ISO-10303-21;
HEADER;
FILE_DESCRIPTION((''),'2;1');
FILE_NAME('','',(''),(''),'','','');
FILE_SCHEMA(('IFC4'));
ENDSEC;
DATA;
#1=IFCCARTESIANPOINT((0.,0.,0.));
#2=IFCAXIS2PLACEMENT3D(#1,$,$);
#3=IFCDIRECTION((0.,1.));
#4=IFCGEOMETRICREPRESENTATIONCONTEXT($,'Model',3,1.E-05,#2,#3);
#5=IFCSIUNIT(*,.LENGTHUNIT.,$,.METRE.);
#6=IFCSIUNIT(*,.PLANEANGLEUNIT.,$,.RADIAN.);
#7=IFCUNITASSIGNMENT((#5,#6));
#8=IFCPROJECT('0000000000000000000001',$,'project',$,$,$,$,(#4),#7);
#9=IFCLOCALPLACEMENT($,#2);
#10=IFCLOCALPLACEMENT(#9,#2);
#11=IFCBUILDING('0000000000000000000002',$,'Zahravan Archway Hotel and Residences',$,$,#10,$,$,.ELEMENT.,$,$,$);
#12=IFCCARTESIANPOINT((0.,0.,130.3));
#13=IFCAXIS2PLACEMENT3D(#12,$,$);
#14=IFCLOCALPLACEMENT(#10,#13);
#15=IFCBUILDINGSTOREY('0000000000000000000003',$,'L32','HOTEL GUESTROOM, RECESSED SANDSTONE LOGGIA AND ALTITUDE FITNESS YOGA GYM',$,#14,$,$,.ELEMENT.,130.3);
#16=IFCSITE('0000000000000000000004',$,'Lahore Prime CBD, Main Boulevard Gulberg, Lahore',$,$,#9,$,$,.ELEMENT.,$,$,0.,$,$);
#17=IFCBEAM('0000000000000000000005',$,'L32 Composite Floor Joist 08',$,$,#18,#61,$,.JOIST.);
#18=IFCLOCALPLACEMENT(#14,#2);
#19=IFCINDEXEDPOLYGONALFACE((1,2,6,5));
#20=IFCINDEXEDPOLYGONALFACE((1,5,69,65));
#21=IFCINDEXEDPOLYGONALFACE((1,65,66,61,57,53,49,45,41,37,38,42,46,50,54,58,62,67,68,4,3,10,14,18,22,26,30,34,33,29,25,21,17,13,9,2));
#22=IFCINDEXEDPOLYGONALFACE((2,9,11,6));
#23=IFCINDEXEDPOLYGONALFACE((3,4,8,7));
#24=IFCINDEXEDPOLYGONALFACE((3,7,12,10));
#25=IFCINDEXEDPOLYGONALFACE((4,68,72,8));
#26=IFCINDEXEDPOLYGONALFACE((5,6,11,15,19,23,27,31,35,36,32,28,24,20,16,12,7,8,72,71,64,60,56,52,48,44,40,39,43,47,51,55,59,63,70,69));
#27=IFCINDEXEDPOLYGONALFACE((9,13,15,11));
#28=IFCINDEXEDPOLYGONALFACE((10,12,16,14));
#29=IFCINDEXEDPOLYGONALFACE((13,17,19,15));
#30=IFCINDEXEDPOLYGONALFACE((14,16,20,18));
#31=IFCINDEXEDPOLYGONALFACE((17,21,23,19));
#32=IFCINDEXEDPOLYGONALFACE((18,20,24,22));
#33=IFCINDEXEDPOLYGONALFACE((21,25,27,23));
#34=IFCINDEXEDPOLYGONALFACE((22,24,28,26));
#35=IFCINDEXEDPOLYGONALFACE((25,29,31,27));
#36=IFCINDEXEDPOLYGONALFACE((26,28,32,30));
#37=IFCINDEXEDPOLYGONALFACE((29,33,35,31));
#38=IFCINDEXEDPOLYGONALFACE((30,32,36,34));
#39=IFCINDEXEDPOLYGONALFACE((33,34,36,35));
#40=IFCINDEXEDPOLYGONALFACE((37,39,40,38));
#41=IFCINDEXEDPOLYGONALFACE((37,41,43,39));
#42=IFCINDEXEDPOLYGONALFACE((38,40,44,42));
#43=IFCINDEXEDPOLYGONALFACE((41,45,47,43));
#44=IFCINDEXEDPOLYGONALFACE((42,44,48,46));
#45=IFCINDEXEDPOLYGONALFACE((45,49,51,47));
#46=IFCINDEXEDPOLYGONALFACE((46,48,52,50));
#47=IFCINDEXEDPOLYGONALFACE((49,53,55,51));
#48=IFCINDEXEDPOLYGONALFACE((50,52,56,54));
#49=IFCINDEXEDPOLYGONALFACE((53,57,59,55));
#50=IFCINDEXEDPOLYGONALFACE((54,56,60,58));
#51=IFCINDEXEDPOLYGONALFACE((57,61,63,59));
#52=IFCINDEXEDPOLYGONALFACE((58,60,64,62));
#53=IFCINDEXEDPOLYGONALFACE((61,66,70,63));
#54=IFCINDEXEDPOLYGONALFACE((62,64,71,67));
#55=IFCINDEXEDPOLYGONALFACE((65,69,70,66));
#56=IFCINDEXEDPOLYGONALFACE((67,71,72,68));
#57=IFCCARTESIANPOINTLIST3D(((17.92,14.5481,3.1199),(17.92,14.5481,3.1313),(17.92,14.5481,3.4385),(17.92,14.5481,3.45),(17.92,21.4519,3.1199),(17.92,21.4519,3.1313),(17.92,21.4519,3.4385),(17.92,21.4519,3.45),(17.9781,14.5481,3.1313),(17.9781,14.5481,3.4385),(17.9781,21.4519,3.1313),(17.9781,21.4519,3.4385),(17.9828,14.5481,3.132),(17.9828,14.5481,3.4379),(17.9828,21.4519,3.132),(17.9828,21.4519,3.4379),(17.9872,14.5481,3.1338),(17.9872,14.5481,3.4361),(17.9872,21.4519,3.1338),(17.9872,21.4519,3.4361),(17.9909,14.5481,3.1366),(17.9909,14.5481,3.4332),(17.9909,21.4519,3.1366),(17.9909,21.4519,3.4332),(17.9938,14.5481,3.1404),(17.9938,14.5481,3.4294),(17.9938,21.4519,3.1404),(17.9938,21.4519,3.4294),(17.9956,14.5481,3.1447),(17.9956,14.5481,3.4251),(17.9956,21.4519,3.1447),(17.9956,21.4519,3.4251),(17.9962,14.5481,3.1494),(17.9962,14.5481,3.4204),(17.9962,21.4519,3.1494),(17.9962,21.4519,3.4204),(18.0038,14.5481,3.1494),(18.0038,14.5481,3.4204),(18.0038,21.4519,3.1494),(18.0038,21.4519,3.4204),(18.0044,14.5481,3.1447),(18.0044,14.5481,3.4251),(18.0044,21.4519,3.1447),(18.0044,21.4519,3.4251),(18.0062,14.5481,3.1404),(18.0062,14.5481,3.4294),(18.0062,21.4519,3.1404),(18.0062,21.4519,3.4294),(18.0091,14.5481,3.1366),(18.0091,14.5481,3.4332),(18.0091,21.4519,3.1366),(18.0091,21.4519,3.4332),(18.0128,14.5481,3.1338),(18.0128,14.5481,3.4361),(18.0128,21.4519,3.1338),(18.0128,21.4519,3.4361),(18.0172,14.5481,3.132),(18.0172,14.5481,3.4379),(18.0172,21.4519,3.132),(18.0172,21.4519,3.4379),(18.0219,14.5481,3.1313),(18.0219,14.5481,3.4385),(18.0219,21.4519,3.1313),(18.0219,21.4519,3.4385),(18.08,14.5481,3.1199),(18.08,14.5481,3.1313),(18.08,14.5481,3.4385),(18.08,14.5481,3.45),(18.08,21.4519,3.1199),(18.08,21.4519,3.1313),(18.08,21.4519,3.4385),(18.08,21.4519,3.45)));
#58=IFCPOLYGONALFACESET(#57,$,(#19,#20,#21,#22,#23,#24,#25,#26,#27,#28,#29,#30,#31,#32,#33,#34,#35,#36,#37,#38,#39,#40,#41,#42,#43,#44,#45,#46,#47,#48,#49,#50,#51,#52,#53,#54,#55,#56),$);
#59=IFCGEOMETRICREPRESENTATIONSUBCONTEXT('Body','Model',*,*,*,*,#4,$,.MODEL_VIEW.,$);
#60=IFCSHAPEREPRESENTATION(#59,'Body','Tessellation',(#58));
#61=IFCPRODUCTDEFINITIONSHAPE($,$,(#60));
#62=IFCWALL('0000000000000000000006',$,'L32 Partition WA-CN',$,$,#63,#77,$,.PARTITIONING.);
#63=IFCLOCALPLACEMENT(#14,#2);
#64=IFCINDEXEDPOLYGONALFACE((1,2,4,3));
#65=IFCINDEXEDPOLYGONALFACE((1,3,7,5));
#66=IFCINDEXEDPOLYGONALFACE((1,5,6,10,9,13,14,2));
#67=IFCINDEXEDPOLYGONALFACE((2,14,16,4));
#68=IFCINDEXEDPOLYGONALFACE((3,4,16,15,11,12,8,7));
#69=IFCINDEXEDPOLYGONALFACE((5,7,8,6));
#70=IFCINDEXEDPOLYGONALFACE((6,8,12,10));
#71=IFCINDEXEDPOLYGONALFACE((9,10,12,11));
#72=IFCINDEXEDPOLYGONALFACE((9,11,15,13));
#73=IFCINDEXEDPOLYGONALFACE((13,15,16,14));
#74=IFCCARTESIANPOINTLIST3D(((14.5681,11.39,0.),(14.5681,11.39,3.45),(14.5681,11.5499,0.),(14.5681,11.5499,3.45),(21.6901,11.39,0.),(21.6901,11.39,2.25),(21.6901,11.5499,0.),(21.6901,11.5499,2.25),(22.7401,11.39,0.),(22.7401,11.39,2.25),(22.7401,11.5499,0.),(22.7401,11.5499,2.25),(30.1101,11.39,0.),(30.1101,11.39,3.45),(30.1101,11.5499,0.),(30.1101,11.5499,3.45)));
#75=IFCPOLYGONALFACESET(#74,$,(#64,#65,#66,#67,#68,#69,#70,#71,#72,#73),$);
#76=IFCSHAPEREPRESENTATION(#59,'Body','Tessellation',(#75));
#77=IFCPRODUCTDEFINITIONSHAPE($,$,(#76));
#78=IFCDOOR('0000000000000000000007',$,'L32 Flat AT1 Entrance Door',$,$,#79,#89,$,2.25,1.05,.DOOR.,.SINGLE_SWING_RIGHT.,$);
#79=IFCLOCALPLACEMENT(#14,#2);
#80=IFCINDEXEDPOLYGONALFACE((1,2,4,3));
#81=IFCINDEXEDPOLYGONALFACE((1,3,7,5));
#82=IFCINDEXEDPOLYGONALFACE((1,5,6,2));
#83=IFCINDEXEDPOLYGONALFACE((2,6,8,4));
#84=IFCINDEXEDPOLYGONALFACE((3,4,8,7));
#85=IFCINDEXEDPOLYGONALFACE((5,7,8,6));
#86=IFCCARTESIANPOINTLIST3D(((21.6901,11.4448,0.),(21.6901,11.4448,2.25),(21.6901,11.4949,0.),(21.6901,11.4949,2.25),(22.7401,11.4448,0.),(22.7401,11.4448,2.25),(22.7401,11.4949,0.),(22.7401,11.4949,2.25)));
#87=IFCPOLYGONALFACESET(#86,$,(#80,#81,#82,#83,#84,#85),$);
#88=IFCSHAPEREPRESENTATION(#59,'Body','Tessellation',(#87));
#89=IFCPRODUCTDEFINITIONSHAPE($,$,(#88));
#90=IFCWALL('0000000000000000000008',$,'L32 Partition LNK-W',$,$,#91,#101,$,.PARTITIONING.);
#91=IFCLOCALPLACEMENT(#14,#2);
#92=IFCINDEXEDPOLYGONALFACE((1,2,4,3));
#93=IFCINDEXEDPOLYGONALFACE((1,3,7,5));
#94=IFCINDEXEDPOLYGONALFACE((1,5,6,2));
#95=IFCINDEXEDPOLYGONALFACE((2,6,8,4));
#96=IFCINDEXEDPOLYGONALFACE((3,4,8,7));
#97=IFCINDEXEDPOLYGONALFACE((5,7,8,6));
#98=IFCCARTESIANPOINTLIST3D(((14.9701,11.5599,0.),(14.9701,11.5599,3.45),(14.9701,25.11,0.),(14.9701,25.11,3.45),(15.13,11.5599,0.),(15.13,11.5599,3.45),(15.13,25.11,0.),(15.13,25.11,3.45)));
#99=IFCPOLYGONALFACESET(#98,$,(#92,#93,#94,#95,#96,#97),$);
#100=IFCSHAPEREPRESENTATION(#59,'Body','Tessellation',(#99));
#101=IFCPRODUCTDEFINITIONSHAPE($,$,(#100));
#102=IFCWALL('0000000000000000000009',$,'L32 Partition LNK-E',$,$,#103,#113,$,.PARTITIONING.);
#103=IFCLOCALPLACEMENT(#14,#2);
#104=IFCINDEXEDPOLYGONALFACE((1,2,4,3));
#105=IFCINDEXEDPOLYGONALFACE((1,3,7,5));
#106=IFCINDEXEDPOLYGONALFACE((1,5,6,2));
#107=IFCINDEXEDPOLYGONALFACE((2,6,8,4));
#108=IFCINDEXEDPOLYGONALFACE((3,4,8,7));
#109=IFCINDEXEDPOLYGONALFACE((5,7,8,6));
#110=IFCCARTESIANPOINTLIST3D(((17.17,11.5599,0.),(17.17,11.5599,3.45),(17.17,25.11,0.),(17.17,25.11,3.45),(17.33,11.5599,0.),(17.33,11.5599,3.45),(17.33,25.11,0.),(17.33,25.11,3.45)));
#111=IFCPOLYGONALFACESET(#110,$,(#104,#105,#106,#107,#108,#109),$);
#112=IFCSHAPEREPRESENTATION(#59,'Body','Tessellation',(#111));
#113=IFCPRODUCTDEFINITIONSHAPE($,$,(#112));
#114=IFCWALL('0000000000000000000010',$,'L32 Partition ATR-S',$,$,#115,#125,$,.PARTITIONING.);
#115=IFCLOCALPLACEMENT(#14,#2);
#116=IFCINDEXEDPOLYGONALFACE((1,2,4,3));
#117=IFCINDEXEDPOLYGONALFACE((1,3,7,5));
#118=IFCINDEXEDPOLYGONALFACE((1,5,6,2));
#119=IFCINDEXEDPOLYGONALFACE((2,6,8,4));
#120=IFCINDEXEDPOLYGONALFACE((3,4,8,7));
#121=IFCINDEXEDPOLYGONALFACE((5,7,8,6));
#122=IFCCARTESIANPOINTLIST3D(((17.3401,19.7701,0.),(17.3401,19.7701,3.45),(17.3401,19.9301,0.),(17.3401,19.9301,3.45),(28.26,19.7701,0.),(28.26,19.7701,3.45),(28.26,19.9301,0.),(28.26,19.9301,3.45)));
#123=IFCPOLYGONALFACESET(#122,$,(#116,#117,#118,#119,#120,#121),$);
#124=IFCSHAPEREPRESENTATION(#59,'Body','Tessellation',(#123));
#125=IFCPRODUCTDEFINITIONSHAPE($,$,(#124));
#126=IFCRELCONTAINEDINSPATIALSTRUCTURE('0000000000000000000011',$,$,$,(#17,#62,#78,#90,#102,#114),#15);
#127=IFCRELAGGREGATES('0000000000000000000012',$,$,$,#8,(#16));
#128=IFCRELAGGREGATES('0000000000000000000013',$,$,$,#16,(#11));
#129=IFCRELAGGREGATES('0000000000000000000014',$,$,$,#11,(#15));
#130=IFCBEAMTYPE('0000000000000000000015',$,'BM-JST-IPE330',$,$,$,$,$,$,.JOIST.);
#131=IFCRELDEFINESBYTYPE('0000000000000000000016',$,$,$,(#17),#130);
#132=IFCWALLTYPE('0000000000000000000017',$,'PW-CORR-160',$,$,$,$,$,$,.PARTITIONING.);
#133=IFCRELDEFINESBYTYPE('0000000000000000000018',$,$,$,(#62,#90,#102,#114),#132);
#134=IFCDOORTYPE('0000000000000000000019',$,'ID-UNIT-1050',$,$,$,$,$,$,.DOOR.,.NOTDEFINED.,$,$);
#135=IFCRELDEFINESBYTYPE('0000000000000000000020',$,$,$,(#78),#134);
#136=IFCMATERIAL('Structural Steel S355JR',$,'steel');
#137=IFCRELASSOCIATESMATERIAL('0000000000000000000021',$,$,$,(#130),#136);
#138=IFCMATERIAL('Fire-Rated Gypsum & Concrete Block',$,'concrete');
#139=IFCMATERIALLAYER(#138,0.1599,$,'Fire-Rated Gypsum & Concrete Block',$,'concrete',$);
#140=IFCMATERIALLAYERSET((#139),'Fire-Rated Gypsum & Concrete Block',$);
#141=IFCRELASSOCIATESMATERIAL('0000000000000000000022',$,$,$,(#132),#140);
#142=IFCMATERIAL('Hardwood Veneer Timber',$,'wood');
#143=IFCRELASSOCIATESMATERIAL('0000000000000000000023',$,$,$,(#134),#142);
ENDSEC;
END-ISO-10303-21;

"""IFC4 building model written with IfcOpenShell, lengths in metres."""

from ifc_helpers import new_model, si_unit, direction, frame, frame_2d, origin, origin_2d, place, context, subcontext, project, spatial, rectangle, i_section, extrude, source, transform, mapped, material, layer, layer_set, material_profile, profile_set, type_object, type_shapes, element, fill, save


model = new_model("IFC4")

# Units and contexts
model_context = context("Model", 3, precision=1e-05, world=origin(), true_north=direction((0.0, 1.0)))
body_context = subcontext(model_context, "Body", "Model", "MODEL_VIEW")
ifc_project = project(units=[si_unit("LENGTHUNIT", "METRE"), si_unit("PLANEANGLEUNIT", "RADIAN")], contexts=[model_context])

# Site, building, storey
site_placement = place(None, origin())
site = spatial("IfcSite", under=ifc_project, at=site_placement, Name="Lahore Prime CBD, Main Boulevard Gulberg, Lahore", CompositionType="ELEMENT", RefElevation=0.0)
building_placement = place(site_placement, origin())
building = spatial("IfcBuilding", under=site, at=building_placement, Name="Zahravan Archway Hotel and Residences", CompositionType="ELEMENT")
storey_placement = place(building_placement, frame((0.0, 0.0, 130.3)))
storey = spatial("IfcBuildingStorey", under=building, at=storey_placement, Name="L32", Description="HOTEL GUESTROOM, RECESSED SANDSTONE LOGGIA AND ALTITUDE FITNESS YOGA GYM", CompositionType="ELEMENT", Elevation=130.3)

# Beam
ifc_material_1 = material(Name="Structural Steel S355JR", Category="steel")
ifc_material_profile_1 = material_profile(ifc_material_1, i_section(OverallWidth=0.1599, OverallDepth=0.3301, WebThickness=0.0076, FlangeThickness=0.0115, FilletRadius=0.0181, at=origin_2d()), Name="IPE 330", Category="steel")
ifc_profile_set_1 = profile_set([ifc_material_profile_1], Name="Structural Steel S355JR")
beam_type_1 = type_object("IfcBeamType", Name="BM-JST-IPE330", PredefinedType="JOIST", material=ifc_profile_set_1)
shared_shape_1 = source(origin(), body_context, "Body", "SweptSolid", [
    extrude(i_section(OverallWidth=0.1599, OverallDepth=0.3301, WebThickness=0.0076, FlangeThickness=0.0115, FilletRadius=0.0181, at=origin_2d()), origin(), (0.0, 0.0, 1.0), 6.9038),
])
beam_1_placement = place(storey_placement, frame((18.0, 14.5481, 3.2849), z_axis=(0.0, 1.0, 0.0), x_axis=(-1.0, 0.0, 0.0)))
element("IfcBeam", 1, at=beam_1_placement, inside=storey, type_object=beam_type_1, Name="L32 Composite Floor Joist 08", PredefinedType="JOIST", context=body_context, shape_type="MappedRepresentation", body=[
    mapped(shared_shape_1, transform((0.0, 0.0, 0.0), scale=1.0)),
])

# Wall, opening, door
ifc_material_2 = material(Name="Fire-Rated Gypsum & Concrete Block", Category="concrete")
ifc_layer_1 = layer(ifc_material_2, 0.1599, Name="Fire-Rated Gypsum & Concrete Block", Category="concrete")
ifc_layer_set_1 = layer_set([ifc_layer_1], Name="Fire-Rated Gypsum & Concrete Block")
wall_type_1 = type_object("IfcWallType", Name="PW-CORR-160", PredefinedType="PARTITIONING", material=ifc_layer_set_1)
wall_1_placement = place(storey_placement, frame((14.5681, 11.47, 0.0), z_axis=(0.0, 0.0, 1.0), x_axis=(1.0, 0.0, 0.0)))
wall_1 = element("IfcWall", 2, at=wall_1_placement, inside=storey, type_object=wall_type_1, Name="L32 Partition WA-CN", PredefinedType="PARTITIONING", context=body_context, shape_type="SweptSolid", body=[
    extrude(rectangle(XDim=15.542, YDim=0.1599, at=frame_2d((7.771, 0.0))), origin(), (0.0, 0.0, 1.0), 3.45),
])
opening_1_placement = place(wall_1_placement, frame((7.1221, 0.0, 0.0)))
opening_1 = element("IfcOpeningElement", 3, at=opening_1_placement, cuts=wall_1, PredefinedType="OPENING", context=body_context, shape_type="SweptSolid", body=[
    extrude(rectangle(XDim=1.05, YDim=2.25, at=frame_2d((0.5249, 1.125))), frame((0.0, 0.0898, 0.0), z_axis=(0.0, -1.0, 0.0), x_axis=(1.0, 0.0, 0.0)), (0.0, 0.0, 1.0), 0.1799),
])
ifc_material_3 = material(Name="Hardwood Veneer Timber", Category="wood")
door_type_1 = type_object("IfcDoorType", Name="ID-UNIT-1050", OperationType="NOTDEFINED", PredefinedType="DOOR", material=ifc_material_3)
shared_shape_2 = source(origin(), body_context, "Body", "SweptSolid", [
    extrude(rectangle(XDim=1.05, YDim=2.25, at=frame_2d((0.5249, 1.125))), frame((0.0, 0.0249, 0.0), z_axis=(0.0, -1.0, 0.0), x_axis=(1.0, 0.0, 0.0)), (0.0, 0.0, 1.0), 0.05),
])
type_shapes(door_type_1, [shared_shape_2])
door_1_placement = place(opening_1_placement, origin())
door_1 = element("IfcDoor", 4, at=door_1_placement, inside=storey, type_object=door_type_1, Name="L32 Flat AT1 Entrance Door", OperationType="SINGLE_SWING_RIGHT", OverallHeight=2.25, OverallWidth=1.05, PredefinedType="DOOR", context=body_context, shape_type="MappedRepresentation", body=[
    mapped(shared_shape_2, transform((0.0, 0.0, 0.0), scale=1.0)),
])
fill(opening_1, door_1)

# Walls
for number, where, z_axis, x_axis, name in (
    (5, (15.05, 11.5601, 0.0), (0.0, 0.0, 1.0), (0.0, 1.0, 0.0), "L32 Partition LNK-W"),
    (6, (17.25, 11.5601, 0.0), (0.0, 0.0, 1.0), (0.0, 1.0, 0.0), "L32 Partition LNK-E"),
):
    element("IfcWall", number, at=place(storey_placement, frame(where, z_axis=z_axis, x_axis=x_axis)), inside=storey, type_object=wall_type_1, Name=name, PredefinedType="PARTITIONING", context=body_context, shape_type="SweptSolid", body=[
        extrude(rectangle(XDim=13.55, YDim=0.1599, at=frame_2d((6.7749, 0.0))), origin(), (0.0, 0.0, 1.0), 3.45),
    ])
wall_2_placement = place(storey_placement, frame((17.3401, 19.8501, 0.0), z_axis=(0.0, 0.0, 1.0), x_axis=(1.0, 0.0, 0.0)))
element("IfcWall", 7, at=wall_2_placement, inside=storey, type_object=wall_type_1, Name="L32 Partition ATR-S", PredefinedType="PARTITIONING", context=body_context, shape_type="SweptSolid", body=[
    extrude(rectangle(XDim=10.9199, YDim=0.1599, at=frame_2d((5.46, 0.0))), origin(), (0.0, 0.0, 1.0), 3.45),
])

save(model, "model.ifc")
